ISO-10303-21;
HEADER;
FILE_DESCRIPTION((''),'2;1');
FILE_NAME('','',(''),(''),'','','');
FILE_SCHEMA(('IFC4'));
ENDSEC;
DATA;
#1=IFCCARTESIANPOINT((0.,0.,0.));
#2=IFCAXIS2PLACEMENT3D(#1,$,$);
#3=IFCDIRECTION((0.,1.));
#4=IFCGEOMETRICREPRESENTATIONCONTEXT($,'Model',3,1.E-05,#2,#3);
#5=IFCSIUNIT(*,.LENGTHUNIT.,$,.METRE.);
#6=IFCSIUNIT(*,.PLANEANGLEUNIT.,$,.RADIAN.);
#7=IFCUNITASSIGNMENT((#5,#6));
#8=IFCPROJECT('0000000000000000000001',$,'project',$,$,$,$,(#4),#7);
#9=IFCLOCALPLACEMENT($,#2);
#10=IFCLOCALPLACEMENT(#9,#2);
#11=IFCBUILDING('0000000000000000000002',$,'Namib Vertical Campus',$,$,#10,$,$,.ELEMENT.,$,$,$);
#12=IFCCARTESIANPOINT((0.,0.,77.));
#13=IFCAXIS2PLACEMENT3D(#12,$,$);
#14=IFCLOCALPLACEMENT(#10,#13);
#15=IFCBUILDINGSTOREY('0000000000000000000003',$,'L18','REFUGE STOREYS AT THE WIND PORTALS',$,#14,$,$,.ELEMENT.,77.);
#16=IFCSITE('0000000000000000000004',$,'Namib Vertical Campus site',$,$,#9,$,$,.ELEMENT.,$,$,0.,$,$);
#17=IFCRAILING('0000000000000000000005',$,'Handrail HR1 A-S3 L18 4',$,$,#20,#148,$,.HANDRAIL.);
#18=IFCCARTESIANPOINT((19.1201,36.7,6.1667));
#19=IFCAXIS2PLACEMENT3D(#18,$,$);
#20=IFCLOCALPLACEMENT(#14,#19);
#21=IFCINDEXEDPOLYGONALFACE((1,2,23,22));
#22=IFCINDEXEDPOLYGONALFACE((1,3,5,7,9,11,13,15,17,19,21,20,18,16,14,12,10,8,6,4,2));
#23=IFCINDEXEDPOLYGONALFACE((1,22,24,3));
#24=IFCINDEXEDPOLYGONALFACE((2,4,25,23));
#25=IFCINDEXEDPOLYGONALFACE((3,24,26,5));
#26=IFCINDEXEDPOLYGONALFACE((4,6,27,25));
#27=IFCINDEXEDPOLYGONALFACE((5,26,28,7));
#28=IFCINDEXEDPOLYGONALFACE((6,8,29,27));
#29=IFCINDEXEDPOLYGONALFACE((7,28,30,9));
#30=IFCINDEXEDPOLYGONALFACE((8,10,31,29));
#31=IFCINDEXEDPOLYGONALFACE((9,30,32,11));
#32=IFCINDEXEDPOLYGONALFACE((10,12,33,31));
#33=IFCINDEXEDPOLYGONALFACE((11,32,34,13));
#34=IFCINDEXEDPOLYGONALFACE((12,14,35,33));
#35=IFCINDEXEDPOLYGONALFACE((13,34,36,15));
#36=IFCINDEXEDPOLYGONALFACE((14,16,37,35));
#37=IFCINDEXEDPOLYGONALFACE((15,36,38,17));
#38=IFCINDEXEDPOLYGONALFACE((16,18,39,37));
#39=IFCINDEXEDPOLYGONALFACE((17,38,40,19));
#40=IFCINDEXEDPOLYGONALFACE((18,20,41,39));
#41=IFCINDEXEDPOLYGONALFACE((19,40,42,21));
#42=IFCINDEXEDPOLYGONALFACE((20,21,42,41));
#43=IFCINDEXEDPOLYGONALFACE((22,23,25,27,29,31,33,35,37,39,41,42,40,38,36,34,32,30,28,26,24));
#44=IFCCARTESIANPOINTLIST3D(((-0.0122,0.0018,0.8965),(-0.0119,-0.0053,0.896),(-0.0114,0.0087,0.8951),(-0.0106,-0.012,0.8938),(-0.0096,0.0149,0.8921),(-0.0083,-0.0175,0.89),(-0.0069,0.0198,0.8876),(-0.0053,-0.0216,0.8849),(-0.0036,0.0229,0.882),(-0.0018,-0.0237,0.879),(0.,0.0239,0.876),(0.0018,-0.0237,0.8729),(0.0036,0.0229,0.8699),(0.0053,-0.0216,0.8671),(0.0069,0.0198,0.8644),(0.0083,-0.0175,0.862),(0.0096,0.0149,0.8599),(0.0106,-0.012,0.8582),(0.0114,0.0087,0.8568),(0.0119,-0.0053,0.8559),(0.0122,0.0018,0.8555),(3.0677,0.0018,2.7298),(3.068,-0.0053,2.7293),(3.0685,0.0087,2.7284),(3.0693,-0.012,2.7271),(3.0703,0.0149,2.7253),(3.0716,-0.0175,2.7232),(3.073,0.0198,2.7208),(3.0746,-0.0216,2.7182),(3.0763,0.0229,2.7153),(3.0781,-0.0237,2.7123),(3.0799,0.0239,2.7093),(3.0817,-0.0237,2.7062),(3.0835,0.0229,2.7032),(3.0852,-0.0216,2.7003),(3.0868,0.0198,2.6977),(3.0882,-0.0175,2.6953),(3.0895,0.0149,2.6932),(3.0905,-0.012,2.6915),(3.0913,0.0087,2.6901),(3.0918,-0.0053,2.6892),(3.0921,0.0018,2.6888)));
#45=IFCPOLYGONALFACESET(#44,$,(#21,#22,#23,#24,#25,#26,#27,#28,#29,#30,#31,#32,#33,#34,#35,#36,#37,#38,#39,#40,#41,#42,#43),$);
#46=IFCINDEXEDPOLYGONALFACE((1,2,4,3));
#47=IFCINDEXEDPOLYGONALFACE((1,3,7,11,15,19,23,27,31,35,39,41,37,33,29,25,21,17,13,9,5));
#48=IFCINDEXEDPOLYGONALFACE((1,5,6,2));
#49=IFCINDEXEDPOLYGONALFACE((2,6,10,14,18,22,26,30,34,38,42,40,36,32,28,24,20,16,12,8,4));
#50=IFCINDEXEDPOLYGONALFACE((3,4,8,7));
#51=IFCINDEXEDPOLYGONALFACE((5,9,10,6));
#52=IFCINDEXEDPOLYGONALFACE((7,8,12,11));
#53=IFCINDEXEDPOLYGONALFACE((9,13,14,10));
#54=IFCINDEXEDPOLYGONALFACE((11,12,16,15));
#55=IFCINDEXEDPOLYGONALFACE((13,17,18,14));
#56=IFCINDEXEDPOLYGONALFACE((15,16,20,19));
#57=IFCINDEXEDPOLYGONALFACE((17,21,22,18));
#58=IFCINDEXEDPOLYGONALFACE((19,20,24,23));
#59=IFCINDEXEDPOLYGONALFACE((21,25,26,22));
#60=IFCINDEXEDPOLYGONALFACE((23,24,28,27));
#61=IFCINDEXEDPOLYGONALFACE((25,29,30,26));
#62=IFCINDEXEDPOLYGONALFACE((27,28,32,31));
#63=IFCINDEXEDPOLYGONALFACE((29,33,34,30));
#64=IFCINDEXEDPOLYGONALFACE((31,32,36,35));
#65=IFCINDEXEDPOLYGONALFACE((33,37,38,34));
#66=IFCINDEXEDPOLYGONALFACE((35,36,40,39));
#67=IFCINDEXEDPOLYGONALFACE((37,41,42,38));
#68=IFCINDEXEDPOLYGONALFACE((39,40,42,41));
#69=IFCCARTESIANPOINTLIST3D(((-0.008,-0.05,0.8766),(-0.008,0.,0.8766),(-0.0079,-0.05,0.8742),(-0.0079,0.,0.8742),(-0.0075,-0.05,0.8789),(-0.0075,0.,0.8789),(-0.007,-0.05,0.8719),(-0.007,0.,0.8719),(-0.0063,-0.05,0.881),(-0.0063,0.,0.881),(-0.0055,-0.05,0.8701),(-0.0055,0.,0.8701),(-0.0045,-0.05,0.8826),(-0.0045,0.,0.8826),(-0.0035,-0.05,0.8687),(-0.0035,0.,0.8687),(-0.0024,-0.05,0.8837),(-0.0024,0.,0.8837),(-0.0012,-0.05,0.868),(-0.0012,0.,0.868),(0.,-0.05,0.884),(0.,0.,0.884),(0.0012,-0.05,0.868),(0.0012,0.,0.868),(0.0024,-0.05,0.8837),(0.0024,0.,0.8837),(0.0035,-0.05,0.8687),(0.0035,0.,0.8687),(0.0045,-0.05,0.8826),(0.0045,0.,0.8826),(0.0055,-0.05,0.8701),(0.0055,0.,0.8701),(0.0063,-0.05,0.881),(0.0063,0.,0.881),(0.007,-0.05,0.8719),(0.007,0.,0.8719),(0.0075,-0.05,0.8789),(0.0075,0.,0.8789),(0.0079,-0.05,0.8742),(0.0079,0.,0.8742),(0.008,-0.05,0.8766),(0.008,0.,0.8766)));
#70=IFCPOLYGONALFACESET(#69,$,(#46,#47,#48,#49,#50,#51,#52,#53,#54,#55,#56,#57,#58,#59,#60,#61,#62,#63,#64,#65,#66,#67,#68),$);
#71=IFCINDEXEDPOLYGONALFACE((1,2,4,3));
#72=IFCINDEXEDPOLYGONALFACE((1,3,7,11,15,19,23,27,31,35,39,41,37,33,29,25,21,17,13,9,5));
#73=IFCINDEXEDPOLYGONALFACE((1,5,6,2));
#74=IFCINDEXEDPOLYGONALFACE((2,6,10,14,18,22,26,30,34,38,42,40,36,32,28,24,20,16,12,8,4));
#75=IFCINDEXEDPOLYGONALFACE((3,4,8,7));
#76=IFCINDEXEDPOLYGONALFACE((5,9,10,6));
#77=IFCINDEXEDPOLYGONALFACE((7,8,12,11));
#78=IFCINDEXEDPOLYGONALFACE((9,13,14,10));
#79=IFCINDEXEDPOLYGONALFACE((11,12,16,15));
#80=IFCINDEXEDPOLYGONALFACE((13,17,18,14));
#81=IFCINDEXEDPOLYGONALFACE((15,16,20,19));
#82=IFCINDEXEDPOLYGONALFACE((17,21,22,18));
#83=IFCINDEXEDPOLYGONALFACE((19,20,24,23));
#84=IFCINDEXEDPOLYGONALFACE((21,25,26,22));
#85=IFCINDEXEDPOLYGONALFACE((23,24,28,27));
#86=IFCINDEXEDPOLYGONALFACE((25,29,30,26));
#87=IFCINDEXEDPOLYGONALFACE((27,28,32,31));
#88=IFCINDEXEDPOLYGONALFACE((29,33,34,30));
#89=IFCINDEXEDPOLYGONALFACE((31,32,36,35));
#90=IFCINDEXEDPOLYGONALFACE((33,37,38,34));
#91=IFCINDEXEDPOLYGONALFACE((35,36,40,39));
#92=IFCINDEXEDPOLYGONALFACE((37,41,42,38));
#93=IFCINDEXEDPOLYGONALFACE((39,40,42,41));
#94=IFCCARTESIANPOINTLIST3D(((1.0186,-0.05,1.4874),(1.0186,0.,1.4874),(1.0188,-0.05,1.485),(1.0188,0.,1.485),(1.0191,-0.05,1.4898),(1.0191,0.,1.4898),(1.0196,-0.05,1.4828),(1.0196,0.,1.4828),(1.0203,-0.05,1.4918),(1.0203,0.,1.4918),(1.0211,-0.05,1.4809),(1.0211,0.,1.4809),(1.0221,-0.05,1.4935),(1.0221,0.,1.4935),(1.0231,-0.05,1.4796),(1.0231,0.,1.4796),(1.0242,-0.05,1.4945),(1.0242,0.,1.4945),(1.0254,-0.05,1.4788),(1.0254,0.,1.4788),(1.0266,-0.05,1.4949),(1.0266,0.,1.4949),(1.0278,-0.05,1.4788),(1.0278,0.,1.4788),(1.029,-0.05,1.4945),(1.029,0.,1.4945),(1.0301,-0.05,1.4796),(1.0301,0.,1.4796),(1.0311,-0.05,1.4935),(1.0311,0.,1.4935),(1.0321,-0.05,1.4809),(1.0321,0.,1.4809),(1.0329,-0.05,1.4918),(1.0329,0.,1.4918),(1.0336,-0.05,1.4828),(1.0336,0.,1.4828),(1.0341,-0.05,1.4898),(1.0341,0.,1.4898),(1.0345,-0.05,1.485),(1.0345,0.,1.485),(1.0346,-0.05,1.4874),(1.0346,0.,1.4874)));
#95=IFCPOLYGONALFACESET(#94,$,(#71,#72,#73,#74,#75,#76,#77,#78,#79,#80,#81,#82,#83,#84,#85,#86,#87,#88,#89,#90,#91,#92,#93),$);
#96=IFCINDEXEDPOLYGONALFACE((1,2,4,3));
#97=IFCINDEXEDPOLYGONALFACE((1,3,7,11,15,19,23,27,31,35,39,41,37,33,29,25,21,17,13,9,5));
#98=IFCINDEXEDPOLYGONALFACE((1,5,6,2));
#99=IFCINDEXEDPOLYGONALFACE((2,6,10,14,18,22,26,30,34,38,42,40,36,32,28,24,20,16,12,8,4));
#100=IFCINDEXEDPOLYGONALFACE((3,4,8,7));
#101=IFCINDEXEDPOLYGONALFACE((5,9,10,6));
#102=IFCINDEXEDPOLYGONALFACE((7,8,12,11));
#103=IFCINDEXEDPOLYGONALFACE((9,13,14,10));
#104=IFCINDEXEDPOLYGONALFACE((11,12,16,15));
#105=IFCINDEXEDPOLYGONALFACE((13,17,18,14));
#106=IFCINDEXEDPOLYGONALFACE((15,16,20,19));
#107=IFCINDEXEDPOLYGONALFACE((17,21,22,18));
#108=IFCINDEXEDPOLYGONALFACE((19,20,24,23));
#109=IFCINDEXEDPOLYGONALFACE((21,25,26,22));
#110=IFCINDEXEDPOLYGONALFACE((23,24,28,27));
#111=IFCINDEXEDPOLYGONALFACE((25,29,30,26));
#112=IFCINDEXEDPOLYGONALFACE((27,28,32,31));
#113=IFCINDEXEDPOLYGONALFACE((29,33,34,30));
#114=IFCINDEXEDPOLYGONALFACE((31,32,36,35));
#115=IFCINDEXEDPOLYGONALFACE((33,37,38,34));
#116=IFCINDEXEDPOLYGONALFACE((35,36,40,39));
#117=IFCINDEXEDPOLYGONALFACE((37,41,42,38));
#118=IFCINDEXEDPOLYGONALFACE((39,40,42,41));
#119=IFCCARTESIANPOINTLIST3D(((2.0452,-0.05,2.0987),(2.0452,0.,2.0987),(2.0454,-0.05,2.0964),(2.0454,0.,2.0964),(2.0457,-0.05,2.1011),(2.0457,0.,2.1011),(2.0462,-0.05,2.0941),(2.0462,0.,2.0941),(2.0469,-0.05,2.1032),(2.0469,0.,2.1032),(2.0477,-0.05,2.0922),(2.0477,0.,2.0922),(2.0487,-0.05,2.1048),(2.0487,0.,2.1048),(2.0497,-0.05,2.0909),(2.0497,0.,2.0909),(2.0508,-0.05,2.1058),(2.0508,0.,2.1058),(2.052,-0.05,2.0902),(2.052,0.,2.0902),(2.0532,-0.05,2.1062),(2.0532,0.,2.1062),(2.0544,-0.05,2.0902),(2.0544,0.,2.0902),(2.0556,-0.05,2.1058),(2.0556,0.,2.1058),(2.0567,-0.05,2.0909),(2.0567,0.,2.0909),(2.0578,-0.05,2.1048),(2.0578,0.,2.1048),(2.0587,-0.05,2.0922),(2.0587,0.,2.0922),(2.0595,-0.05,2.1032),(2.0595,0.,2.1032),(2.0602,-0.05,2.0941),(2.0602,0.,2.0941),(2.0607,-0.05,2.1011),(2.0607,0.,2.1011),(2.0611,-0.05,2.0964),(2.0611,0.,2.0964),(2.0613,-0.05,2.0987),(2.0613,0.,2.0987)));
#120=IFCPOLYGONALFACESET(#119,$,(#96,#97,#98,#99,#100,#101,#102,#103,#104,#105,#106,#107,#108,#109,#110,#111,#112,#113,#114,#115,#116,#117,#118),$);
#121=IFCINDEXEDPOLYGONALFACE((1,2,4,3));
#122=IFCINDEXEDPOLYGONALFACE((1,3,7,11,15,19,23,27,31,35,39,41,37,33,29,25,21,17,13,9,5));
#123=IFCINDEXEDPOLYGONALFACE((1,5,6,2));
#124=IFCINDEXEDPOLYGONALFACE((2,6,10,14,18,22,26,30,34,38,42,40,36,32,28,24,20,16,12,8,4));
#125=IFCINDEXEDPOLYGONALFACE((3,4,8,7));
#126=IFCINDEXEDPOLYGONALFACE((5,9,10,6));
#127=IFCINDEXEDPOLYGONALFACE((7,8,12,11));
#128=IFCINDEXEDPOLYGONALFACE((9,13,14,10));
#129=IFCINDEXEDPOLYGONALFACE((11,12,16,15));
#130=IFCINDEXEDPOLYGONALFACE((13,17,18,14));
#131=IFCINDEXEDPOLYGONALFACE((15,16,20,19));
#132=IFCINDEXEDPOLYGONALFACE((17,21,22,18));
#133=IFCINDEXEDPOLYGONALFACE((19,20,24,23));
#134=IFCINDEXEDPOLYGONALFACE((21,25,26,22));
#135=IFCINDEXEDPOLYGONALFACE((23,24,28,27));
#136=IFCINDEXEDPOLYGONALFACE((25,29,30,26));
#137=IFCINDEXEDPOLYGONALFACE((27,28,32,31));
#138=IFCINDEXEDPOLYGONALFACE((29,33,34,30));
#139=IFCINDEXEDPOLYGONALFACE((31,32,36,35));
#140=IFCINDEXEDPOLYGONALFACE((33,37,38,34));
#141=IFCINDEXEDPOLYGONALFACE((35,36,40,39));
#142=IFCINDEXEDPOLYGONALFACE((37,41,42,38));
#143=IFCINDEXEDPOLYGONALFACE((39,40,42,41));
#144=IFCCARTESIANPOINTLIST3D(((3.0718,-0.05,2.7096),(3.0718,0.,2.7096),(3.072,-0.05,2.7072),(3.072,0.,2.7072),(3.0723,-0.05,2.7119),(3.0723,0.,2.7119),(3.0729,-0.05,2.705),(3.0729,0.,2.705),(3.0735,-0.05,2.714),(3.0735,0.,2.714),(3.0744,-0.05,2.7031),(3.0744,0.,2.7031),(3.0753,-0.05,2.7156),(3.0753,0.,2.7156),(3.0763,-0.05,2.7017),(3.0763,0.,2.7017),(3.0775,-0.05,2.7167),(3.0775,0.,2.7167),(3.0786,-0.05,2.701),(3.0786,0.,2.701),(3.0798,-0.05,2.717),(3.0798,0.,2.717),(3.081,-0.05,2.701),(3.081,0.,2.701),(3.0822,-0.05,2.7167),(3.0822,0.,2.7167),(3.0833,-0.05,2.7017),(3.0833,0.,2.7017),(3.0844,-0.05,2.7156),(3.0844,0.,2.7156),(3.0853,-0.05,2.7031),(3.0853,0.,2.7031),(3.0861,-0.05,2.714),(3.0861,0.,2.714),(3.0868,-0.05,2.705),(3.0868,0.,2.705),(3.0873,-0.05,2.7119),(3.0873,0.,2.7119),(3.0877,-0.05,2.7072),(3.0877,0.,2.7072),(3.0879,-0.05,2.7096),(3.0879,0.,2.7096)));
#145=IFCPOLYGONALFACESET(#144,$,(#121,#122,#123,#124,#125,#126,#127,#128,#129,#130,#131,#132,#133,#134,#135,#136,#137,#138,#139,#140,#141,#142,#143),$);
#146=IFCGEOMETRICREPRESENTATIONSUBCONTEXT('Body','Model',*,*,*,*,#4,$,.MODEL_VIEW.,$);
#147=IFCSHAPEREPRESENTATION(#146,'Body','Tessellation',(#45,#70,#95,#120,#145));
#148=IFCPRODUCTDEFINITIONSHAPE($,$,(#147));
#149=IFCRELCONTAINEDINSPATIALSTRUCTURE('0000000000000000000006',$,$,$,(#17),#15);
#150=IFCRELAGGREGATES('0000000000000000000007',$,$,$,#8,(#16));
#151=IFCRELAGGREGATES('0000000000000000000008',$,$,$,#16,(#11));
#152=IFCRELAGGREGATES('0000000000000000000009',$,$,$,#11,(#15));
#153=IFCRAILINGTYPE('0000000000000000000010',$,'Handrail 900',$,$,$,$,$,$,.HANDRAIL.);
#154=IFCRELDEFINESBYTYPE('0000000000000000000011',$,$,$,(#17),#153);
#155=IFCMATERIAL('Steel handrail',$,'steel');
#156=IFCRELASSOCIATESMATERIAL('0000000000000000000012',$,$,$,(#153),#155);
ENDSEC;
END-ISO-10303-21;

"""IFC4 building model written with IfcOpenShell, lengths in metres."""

from ifc_helpers import new_model, si_unit, direction, frame, origin, origin_2d, place, context, subcontext, project, spatial, circle, extrude, material, type_object, element, save


model = new_model("IFC4")

# Units and contexts
model_context = context("Model", 3, precision=1e-05, world=origin(), true_north=direction((0.0, 1.0)))
body_context = subcontext(model_context, "Body", "Model", "MODEL_VIEW")
ifc_project = project(units=[si_unit("LENGTHUNIT", "METRE"), si_unit("PLANEANGLEUNIT", "RADIAN")], contexts=[model_context])

# Site, building, storey
site_placement = place(None, origin())
site = spatial("IfcSite", under=ifc_project, at=site_placement, Name="Namib Vertical Campus site", CompositionType="ELEMENT", RefElevation=0.0)
building_placement = place(site_placement, origin())
building = spatial("IfcBuilding", under=site, at=building_placement, Name="Namib Vertical Campus", CompositionType="ELEMENT")
storey_placement = place(building_placement, frame((0.0, 0.0, 77.0)))
storey = spatial("IfcBuildingStorey", under=building, at=storey_placement, Name="L18", Description="REFUGE STOREYS AT THE WIND PORTALS", CompositionType="ELEMENT", Elevation=77.0)

# Railing
ifc_material_1 = material(Name="Steel handrail", Category="steel")
railing_type_1 = type_object("IfcRailingType", Name="Handrail 900", PredefinedType="HANDRAIL", material=ifc_material_1)
for number, where, name in (
    (1, (19.1201, 36.7, 6.1667), "Handrail HR1 A-S3 L18 4"),
):
    element("IfcRailing", number, at=place(storey_placement, frame(where)), inside=storey, type_object=railing_type_1, Name=name, PredefinedType="HANDRAIL", context=body_context, shape_type="SweptSolid", body=[
        extrude(circle(Radius=0.0239, at=origin_2d()), frame((0.0, 0.0, 0.876), z_axis=(0.859291, 0.0, 0.511487), x_axis=(0.0, 1.0, 0.0)), (0.0, 0.0, 1.0), 3.5842),
        extrude(circle(Radius=0.0081, at=origin_2d()), frame((0.0, 0.0, 0.876), z_axis=(0.0, -1.0, 0.0), x_axis=(0.0, 0.0, 1.0)), (0.0, 0.0, 1.0), 0.05),
        extrude(circle(Radius=0.0081, at=origin_2d()), frame((1.0266, 0.0, 1.4868), z_axis=(0.0, -1.0, 0.0), x_axis=(0.0, 0.0, 1.0)), (0.0, 0.0, 1.0), 0.05),
        extrude(circle(Radius=0.0081, at=origin_2d()), frame((2.0532, 0.0, 2.0981), z_axis=(0.0, -1.0, 0.0), x_axis=(0.0, 0.0, 1.0)), (0.0, 0.0, 1.0), 0.05),
        extrude(circle(Radius=0.0081, at=origin_2d()), frame((3.0798, 0.0, 2.709), z_axis=(0.0, -1.0, 0.0), x_axis=(0.0, 0.0, 1.0)), (0.0, 0.0, 1.0), 0.05),
    ])

save(model, "model.ifc")
